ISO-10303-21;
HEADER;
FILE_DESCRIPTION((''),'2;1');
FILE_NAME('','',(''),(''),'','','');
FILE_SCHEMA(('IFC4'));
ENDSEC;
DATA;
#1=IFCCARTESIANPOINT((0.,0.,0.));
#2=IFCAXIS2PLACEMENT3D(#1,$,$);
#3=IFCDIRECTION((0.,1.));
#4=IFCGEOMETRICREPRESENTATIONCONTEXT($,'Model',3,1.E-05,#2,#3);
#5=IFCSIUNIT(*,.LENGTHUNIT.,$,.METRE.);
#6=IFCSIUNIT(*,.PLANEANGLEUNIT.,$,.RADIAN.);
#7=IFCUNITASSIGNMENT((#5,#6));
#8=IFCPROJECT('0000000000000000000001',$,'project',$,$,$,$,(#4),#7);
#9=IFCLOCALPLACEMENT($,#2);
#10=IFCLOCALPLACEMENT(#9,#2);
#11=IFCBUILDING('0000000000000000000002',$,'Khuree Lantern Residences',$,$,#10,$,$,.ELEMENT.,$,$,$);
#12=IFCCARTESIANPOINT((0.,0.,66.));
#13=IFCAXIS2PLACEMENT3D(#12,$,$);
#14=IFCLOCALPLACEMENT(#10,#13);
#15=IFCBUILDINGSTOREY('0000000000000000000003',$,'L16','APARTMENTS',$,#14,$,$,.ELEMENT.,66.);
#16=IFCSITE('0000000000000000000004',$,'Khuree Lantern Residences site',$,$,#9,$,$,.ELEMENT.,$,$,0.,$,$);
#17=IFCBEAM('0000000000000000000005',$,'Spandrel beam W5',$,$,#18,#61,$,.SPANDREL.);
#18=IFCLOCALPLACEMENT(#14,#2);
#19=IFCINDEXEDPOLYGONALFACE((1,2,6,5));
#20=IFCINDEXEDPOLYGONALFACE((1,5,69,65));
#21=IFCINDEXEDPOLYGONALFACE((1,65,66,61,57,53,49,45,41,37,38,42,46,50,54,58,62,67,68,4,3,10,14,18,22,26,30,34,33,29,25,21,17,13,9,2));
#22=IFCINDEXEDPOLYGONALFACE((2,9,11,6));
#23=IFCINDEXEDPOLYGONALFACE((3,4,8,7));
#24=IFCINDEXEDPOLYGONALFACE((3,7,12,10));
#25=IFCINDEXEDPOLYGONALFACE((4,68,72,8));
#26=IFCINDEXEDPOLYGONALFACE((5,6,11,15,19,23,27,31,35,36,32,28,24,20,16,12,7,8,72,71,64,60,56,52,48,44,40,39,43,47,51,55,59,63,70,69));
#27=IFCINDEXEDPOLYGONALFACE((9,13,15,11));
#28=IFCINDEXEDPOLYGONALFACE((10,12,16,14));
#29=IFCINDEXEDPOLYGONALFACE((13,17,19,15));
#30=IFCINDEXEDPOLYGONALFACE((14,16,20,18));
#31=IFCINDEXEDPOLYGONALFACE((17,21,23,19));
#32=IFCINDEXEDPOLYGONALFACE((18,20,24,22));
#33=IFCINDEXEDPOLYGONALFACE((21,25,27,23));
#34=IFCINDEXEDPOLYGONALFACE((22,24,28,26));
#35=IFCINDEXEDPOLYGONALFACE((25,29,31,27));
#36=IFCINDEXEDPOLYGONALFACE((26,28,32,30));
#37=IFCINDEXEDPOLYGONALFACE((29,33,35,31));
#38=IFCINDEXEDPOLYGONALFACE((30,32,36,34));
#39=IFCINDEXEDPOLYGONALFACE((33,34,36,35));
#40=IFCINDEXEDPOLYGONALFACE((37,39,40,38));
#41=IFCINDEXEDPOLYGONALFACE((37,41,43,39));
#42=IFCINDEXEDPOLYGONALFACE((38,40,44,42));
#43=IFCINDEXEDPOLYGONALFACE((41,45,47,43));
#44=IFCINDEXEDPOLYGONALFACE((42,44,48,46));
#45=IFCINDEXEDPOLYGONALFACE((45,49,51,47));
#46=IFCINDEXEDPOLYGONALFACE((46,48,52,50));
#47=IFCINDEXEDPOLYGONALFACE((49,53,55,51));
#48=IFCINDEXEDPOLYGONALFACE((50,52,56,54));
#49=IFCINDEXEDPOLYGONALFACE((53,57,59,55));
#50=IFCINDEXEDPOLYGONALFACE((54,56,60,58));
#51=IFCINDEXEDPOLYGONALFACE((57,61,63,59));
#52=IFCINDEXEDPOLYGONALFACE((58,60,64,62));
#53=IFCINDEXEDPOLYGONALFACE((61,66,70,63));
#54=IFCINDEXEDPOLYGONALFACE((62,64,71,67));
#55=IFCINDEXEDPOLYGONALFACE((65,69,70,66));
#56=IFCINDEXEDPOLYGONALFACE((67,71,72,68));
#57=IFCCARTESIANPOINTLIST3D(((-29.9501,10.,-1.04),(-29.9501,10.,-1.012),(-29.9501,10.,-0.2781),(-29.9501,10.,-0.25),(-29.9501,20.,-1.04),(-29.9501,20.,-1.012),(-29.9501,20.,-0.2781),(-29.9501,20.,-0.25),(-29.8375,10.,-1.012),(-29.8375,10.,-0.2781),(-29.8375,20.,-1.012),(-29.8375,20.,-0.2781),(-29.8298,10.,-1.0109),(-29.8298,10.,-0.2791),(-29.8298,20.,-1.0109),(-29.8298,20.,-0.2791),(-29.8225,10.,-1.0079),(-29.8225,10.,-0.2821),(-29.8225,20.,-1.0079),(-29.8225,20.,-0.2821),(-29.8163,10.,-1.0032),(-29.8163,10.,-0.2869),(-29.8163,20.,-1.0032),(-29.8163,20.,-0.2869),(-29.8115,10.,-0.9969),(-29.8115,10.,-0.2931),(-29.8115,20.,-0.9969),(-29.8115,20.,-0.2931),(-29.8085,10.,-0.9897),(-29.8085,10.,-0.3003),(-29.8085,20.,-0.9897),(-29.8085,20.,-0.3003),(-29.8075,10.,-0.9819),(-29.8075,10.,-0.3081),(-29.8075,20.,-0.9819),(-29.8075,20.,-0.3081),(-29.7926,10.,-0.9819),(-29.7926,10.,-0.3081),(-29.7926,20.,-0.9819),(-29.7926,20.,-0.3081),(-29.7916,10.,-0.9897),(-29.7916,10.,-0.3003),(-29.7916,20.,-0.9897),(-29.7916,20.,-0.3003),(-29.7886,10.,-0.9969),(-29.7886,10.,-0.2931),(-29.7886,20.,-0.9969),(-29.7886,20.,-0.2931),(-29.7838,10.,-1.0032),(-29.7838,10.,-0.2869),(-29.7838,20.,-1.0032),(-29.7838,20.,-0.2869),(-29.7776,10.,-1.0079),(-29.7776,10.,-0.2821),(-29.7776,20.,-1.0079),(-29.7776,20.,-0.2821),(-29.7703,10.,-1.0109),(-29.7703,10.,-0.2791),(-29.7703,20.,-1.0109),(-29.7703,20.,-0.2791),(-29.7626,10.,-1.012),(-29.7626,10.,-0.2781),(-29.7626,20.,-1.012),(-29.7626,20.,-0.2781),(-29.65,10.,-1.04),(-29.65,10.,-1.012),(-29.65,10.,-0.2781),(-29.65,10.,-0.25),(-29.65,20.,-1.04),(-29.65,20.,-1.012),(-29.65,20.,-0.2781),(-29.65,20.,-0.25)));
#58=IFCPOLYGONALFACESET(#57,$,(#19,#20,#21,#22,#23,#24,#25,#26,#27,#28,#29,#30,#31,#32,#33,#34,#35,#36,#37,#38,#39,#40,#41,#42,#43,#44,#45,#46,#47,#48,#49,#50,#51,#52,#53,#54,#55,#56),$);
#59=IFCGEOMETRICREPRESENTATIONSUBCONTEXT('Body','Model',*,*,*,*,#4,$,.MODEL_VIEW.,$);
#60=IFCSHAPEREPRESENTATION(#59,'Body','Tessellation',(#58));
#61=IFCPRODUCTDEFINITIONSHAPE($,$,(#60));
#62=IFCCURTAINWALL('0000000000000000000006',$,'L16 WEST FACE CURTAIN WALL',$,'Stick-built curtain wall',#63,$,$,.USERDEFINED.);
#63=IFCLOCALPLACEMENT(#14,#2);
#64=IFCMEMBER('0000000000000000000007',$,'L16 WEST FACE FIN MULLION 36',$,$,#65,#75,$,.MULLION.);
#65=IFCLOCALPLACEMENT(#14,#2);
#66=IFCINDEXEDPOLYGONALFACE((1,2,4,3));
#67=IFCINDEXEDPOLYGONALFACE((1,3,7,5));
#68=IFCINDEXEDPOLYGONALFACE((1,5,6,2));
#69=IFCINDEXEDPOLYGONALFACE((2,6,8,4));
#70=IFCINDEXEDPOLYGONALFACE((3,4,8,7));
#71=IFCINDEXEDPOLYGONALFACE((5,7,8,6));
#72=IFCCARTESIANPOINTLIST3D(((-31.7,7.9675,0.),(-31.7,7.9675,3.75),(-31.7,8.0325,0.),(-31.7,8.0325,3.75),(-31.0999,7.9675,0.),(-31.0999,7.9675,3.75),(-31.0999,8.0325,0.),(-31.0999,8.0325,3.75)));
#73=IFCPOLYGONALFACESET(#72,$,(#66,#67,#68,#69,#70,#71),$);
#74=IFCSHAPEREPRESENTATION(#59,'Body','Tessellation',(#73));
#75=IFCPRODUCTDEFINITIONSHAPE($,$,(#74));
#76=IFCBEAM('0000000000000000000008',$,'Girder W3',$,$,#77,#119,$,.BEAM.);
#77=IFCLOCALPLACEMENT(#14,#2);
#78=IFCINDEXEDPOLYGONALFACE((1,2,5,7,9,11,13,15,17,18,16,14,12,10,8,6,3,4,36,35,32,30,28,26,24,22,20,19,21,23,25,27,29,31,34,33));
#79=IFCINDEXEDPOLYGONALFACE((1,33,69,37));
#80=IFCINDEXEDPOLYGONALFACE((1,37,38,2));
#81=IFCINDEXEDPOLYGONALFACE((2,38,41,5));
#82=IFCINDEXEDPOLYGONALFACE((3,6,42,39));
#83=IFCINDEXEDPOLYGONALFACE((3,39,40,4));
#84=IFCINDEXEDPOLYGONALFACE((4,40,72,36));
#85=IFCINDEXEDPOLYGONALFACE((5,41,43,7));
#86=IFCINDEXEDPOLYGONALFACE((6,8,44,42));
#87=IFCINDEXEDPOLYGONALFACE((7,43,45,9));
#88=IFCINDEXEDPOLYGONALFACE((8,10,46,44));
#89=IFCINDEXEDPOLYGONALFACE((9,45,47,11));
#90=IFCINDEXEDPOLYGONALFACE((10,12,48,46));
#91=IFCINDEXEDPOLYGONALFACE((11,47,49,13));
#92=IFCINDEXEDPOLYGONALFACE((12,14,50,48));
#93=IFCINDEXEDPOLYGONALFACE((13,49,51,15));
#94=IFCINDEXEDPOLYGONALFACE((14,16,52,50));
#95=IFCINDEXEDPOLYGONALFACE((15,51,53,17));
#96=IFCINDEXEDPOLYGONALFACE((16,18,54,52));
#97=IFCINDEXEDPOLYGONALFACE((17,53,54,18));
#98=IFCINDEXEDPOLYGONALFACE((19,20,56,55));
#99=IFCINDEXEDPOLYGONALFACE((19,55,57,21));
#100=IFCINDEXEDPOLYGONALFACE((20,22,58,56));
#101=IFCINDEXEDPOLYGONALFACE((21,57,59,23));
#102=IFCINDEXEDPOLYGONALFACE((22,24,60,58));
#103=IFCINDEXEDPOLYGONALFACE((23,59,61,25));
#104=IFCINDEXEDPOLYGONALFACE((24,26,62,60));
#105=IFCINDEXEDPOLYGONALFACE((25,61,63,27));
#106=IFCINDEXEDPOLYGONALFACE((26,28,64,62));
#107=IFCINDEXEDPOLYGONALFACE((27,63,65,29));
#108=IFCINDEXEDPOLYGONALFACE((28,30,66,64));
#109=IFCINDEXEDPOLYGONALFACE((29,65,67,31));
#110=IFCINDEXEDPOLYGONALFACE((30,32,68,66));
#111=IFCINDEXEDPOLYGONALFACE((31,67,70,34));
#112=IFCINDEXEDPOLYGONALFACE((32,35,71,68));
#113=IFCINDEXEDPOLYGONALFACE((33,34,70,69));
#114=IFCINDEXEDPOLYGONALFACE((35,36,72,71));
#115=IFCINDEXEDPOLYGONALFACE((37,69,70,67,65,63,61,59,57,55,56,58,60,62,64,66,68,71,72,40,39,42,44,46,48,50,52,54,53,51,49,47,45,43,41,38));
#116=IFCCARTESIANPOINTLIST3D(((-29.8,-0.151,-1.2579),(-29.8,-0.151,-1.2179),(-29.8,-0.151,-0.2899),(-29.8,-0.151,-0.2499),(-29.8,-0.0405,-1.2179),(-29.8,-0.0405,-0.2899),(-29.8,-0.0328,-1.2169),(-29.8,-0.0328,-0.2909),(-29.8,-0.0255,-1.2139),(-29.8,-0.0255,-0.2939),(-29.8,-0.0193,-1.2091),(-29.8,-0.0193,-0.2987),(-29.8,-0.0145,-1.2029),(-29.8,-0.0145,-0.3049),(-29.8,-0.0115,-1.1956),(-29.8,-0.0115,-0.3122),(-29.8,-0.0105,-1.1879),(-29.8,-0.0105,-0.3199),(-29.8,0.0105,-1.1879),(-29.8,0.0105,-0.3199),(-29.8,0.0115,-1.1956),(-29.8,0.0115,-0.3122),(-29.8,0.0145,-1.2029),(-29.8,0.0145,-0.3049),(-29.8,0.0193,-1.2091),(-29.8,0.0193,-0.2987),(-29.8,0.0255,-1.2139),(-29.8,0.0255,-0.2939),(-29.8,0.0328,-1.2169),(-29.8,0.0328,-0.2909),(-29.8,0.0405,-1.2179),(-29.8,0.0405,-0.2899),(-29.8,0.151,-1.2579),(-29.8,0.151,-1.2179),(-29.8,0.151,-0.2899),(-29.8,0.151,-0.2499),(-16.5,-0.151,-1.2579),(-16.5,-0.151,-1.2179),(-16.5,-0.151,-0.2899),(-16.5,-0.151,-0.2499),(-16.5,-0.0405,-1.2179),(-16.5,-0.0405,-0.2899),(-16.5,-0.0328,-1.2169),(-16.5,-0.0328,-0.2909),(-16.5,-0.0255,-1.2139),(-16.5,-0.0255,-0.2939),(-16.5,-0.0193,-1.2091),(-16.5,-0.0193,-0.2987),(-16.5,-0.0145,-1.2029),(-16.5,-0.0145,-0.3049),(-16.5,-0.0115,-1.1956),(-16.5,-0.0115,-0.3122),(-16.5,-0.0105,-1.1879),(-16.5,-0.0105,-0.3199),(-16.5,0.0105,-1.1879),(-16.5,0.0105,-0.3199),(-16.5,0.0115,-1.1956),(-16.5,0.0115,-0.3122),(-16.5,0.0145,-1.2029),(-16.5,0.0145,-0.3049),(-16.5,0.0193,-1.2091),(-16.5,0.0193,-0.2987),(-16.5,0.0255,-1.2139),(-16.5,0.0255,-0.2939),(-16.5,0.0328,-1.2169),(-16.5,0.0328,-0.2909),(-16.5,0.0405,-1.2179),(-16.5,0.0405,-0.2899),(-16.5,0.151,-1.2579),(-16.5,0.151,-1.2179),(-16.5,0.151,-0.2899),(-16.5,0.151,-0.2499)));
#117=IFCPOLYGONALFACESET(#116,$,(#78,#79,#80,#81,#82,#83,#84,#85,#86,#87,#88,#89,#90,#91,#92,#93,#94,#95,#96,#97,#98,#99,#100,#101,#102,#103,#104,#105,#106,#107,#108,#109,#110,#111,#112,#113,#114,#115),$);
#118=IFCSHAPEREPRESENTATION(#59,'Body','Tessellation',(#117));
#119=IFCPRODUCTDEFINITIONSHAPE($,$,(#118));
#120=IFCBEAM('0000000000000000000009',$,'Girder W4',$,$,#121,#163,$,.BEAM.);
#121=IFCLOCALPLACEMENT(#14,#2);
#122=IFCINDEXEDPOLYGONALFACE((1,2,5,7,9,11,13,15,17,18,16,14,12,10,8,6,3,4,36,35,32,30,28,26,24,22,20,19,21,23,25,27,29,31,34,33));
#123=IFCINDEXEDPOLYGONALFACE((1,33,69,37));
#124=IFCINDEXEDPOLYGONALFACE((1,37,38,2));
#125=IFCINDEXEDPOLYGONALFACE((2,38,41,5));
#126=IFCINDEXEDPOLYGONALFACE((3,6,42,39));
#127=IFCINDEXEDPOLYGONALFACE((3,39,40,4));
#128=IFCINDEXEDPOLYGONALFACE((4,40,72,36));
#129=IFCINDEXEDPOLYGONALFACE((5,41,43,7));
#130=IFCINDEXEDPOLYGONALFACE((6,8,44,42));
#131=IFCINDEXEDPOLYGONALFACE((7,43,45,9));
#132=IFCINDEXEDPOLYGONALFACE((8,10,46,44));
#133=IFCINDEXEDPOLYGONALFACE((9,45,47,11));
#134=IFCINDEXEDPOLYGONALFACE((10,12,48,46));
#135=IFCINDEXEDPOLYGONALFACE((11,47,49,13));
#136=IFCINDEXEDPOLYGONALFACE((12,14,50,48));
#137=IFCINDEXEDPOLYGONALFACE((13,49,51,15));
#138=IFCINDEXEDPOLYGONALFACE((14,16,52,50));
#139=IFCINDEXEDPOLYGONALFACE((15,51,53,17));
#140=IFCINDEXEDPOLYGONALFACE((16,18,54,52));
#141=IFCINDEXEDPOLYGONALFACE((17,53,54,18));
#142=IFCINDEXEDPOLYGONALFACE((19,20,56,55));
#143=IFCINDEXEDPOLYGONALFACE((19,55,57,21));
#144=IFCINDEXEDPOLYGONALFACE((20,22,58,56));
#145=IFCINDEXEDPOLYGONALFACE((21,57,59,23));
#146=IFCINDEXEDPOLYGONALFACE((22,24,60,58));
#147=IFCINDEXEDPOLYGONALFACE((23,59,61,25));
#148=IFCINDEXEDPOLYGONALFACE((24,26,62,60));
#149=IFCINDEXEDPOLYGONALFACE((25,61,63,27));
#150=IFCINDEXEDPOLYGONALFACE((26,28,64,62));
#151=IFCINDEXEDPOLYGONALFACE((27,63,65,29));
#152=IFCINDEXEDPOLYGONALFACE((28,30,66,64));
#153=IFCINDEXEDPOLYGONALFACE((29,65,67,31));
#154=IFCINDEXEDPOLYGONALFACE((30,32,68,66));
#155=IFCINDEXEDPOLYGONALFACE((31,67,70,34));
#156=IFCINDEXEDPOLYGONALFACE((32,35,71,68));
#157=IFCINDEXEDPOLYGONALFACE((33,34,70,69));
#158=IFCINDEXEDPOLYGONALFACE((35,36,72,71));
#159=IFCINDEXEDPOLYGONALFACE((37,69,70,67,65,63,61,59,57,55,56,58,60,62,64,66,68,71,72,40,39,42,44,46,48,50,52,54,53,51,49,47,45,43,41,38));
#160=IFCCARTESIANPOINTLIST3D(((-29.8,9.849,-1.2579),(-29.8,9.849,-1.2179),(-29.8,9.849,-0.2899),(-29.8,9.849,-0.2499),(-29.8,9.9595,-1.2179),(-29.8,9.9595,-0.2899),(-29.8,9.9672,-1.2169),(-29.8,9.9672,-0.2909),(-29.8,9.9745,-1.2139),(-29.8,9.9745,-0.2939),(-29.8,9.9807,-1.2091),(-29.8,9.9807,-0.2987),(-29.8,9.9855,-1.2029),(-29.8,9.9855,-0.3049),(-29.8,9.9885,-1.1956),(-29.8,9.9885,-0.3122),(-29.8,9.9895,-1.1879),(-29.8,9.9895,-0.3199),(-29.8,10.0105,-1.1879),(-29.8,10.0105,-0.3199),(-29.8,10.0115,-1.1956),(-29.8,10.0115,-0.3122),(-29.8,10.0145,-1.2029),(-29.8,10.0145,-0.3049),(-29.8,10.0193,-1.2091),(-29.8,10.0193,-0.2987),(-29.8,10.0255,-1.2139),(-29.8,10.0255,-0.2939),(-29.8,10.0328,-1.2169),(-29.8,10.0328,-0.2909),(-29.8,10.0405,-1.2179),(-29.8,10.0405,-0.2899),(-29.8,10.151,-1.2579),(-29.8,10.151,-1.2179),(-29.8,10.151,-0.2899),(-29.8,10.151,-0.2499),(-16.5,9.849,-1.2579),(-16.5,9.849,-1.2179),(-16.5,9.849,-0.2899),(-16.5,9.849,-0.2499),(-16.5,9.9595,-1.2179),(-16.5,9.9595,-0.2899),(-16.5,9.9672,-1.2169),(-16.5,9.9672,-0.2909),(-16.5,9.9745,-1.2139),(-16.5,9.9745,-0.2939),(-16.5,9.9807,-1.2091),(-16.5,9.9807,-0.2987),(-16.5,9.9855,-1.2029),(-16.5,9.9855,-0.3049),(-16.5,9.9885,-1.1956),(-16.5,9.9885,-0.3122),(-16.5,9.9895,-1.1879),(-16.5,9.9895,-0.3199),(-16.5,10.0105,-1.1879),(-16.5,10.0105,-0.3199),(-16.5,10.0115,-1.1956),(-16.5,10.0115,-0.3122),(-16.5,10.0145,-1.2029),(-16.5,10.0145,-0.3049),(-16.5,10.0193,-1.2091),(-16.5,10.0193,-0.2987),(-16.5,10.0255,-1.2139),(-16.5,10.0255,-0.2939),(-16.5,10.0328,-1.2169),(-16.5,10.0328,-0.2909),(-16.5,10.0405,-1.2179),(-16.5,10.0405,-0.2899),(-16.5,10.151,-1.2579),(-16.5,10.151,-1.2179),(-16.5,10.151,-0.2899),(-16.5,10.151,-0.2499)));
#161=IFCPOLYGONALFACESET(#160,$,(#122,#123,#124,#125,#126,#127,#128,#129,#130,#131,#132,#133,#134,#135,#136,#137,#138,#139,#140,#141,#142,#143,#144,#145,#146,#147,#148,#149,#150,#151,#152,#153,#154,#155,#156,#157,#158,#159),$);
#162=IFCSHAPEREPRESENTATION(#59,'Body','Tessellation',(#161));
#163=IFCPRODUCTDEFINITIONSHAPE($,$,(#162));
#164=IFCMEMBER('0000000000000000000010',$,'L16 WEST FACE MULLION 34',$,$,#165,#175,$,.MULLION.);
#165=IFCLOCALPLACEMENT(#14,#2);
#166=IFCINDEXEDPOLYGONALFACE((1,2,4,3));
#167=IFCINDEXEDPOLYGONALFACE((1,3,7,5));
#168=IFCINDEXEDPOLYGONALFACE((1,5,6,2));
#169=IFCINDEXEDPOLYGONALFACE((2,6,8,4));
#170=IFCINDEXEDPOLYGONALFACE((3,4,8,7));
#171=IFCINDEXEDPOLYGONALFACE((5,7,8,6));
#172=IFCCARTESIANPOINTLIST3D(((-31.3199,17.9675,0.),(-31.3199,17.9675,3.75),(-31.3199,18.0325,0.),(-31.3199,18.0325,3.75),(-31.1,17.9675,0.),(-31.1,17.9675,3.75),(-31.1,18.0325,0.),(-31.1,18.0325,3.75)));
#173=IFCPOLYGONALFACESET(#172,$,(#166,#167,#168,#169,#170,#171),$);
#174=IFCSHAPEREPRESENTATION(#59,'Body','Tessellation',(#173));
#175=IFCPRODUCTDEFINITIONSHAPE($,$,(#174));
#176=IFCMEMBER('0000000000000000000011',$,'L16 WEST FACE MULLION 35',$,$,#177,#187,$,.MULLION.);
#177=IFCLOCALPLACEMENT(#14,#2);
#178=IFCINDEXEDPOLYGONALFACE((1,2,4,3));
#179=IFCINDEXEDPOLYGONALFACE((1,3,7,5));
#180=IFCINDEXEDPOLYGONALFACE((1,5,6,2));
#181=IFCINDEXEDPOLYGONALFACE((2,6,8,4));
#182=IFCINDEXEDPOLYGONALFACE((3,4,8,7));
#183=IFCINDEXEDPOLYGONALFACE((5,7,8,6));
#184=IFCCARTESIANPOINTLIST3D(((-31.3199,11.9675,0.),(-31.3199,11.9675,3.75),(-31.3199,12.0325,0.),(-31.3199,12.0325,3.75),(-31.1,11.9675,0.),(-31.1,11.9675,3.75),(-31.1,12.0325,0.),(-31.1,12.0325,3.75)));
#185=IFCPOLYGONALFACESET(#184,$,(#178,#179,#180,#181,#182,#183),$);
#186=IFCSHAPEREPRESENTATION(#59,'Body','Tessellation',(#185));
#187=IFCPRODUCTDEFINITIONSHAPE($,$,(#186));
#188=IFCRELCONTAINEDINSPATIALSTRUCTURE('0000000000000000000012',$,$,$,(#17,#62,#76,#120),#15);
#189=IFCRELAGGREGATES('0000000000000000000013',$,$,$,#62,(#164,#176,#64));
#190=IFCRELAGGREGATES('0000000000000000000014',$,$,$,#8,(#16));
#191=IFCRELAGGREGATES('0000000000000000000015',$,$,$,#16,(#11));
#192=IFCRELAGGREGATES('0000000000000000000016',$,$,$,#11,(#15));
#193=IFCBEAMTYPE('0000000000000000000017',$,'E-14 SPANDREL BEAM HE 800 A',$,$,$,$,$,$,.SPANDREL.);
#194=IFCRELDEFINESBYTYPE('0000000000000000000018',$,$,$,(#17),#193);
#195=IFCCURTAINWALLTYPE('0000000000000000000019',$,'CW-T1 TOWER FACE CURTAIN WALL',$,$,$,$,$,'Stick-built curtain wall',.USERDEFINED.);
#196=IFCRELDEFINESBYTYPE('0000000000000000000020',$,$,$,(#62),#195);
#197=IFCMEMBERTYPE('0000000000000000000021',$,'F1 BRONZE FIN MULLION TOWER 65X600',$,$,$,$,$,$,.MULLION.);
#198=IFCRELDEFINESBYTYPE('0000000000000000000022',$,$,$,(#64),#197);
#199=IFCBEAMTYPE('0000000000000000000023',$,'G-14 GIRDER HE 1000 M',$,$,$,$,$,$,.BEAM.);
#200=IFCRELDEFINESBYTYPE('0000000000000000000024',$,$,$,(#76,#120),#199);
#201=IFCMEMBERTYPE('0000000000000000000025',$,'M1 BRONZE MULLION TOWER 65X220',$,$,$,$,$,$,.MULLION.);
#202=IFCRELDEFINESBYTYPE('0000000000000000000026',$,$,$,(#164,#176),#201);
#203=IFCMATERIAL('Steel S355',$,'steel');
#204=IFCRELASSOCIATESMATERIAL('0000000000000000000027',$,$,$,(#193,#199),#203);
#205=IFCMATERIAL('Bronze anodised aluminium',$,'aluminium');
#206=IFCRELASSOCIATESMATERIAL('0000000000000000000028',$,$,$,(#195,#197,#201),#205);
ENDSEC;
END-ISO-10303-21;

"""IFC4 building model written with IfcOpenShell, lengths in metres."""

from ifc_helpers import new_model, si_unit, direction, frame, origin, origin_2d, place, context, subcontext, project, spatial, rectangle, i_section, extrude, material, material_profile, profile_set, type_object, element, aggregate, save


model = new_model("IFC4")

# Units and contexts
model_context = context("Model", 3, precision=1e-05, world=origin(), true_north=direction((0.0, 1.0)))
body_context = subcontext(model_context, "Body", "Model", "MODEL_VIEW")
ifc_project = project(units=[si_unit("LENGTHUNIT", "METRE"), si_unit("PLANEANGLEUNIT", "RADIAN")], contexts=[model_context])

# Site, building, storey
site_placement = place(None, origin())
site = spatial("IfcSite", under=ifc_project, at=site_placement, Name="Khuree Lantern Residences site", CompositionType="ELEMENT", RefElevation=0.0)
building_placement = place(site_placement, origin())
building = spatial("IfcBuilding", under=site, at=building_placement, Name="Khuree Lantern Residences", CompositionType="ELEMENT")
storey_placement = place(building_placement, frame((0.0, 0.0, 66.0)))
storey = spatial("IfcBuildingStorey", under=building, at=storey_placement, Name="L16", Description="APARTMENTS", CompositionType="ELEMENT", Elevation=66.0)

# Beam
ifc_material_1 = material(Name="Steel S355", Category="steel")
ifc_material_profile_1 = material_profile(ifc_material_1, i_section(OverallWidth=0.3, OverallDepth=0.79, WebThickness=0.0149, FlangeThickness=0.0281, FilletRadius=0.03, at=origin_2d()), Name="HE 800 A")
ifc_profile_set_1 = profile_set([ifc_material_profile_1], Name="Steel S355")
beam_type_1 = type_object("IfcBeamType", Name="E-14 SPANDREL BEAM HE 800 A", PredefinedType="SPANDREL", material=ifc_profile_set_1)
for number, where, z_axis, x_axis, name in (
    (1, (-29.8, 10.0, -0.645), (0.0, 1.0, 0.0), (-1.0, 0.0, 0.0), "Spandrel beam W5"),
):
    element("IfcBeam", number, at=place(storey_placement, frame(where, z_axis=z_axis, x_axis=x_axis)), inside=storey, type_object=beam_type_1, Name=name, PredefinedType="SPANDREL", context=body_context, shape_type="SweptSolid", body=[
        extrude(i_section(OverallWidth=0.3, OverallDepth=0.79, WebThickness=0.0149, FlangeThickness=0.0281, FilletRadius=0.03, at=origin_2d()), origin(), (0.0, 0.0, 1.0), 10.0),
    ])

# Curtain wall, member
ifc_material_2 = material(Name="Bronze anodised aluminium", Category="aluminium")
curtain_wall_type = type_object("IfcCurtainWallType", Name="CW-T1 TOWER FACE CURTAIN WALL", ElementType="Stick-built curtain wall", PredefinedType="USERDEFINED", material=ifc_material_2)
curtain_wall_placement = place(storey_placement, origin())
curtain_wall = element("IfcCurtainWall", 2, at=curtain_wall_placement, inside=storey, type_object=curtain_wall_type, Name="L16 WEST FACE CURTAIN WALL", ObjectType="Stick-built curtain wall", PredefinedType="USERDEFINED")
ifc_material_profile_2 = material_profile(ifc_material_2, rectangle(XDim=0.0649, YDim=0.6001, at=origin_2d()), Name="F1 65X600")
ifc_profile_set_2 = profile_set([ifc_material_profile_2], Name="Bronze anodised aluminium")
member_type_1 = type_object("IfcMemberType", Name="F1 BRONZE FIN MULLION TOWER 65X600", PredefinedType="MULLION", material=ifc_profile_set_2)
member_1_placement = place(storey_placement, frame((-31.3999, 8.0, 0.0), z_axis=(0.0, 0.0, 1.0), x_axis=(0.0, -1.0, 0.0)))
member_1 = element("IfcMember", 3, at=member_1_placement, type_object=member_type_1, Name="L16 WEST FACE FIN MULLION 36", PredefinedType="MULLION", context=body_context, shape_type="SweptSolid", body=[
    extrude(rectangle(XDim=0.0649, YDim=0.6001, at=origin_2d()), origin(), (0.0, 0.0, 1.0), 3.75),
])

# Beams
ifc_material_profile_3 = material_profile(ifc_material_1, i_section(OverallWidth=0.302, OverallDepth=1.0081, WebThickness=0.021, FlangeThickness=0.04, FilletRadius=0.03, at=origin_2d()), Name="HE 1000 M")
ifc_profile_set_3 = profile_set([ifc_material_profile_3], Name="Steel S355")
beam_type_2 = type_object("IfcBeamType", Name="G-14 GIRDER HE 1000 M", PredefinedType="BEAM", material=ifc_profile_set_3)
for number, where, z_axis, x_axis, name in (
    (4, (-29.8, 0.0, -0.7539), (1.0, 0.0, 0.0), (0.0, 1.0, 0.0), "Girder W3"),
    (5, (-29.8, 10.0, -0.7539), (1.0, 0.0, 0.0), (0.0, 1.0, 0.0), "Girder W4"),
):
    element("IfcBeam", number, at=place(storey_placement, frame(where, z_axis=z_axis, x_axis=x_axis)), inside=storey, type_object=beam_type_2, Name=name, PredefinedType="BEAM", context=body_context, shape_type="SweptSolid", body=[
        extrude(i_section(OverallWidth=0.302, OverallDepth=1.0081, WebThickness=0.021, FlangeThickness=0.04, FilletRadius=0.03, at=origin_2d()), origin(), (0.0, 0.0, 1.0), 13.3),
    ])

# Members
ifc_material_profile_4 = material_profile(ifc_material_2, rectangle(XDim=0.0649, YDim=0.22, at=origin_2d()), Name="M1 65X220")
ifc_profile_set_4 = profile_set([ifc_material_profile_4], Name="Bronze anodised aluminium")
member_type_2 = type_object("IfcMemberType", Name="M1 BRONZE MULLION TOWER 65X220", PredefinedType="MULLION", material=ifc_profile_set_4)
member_2_placement = place(storey_placement, frame((-31.21, 18.0, 0.0), z_axis=(0.0, 0.0, 1.0), x_axis=(0.0, -1.0, 0.0)))
member_2 = element("IfcMember", 6, at=member_2_placement, type_object=member_type_2, Name="L16 WEST FACE MULLION 34", PredefinedType="MULLION", context=body_context, shape_type="SweptSolid", body=[
    extrude(rectangle(XDim=0.0649, YDim=0.22, at=origin_2d()), origin(), (0.0, 0.0, 1.0), 3.75),
])
member_3_placement = place(storey_placement, frame((-31.21, 12.0, 0.0), z_axis=(0.0, 0.0, 1.0), x_axis=(0.0, -1.0, 0.0)))
member_3 = element("IfcMember", 7, at=member_3_placement, type_object=member_type_2, Name="L16 WEST FACE MULLION 35", PredefinedType="MULLION", context=body_context, shape_type="SweptSolid", body=[
    extrude(rectangle(XDim=0.0649, YDim=0.22, at=origin_2d()), origin(), (0.0, 0.0, 1.0), 3.75),
])

aggregate(curtain_wall, [member_2, member_3, member_1])

save(model, "model.ifc")
